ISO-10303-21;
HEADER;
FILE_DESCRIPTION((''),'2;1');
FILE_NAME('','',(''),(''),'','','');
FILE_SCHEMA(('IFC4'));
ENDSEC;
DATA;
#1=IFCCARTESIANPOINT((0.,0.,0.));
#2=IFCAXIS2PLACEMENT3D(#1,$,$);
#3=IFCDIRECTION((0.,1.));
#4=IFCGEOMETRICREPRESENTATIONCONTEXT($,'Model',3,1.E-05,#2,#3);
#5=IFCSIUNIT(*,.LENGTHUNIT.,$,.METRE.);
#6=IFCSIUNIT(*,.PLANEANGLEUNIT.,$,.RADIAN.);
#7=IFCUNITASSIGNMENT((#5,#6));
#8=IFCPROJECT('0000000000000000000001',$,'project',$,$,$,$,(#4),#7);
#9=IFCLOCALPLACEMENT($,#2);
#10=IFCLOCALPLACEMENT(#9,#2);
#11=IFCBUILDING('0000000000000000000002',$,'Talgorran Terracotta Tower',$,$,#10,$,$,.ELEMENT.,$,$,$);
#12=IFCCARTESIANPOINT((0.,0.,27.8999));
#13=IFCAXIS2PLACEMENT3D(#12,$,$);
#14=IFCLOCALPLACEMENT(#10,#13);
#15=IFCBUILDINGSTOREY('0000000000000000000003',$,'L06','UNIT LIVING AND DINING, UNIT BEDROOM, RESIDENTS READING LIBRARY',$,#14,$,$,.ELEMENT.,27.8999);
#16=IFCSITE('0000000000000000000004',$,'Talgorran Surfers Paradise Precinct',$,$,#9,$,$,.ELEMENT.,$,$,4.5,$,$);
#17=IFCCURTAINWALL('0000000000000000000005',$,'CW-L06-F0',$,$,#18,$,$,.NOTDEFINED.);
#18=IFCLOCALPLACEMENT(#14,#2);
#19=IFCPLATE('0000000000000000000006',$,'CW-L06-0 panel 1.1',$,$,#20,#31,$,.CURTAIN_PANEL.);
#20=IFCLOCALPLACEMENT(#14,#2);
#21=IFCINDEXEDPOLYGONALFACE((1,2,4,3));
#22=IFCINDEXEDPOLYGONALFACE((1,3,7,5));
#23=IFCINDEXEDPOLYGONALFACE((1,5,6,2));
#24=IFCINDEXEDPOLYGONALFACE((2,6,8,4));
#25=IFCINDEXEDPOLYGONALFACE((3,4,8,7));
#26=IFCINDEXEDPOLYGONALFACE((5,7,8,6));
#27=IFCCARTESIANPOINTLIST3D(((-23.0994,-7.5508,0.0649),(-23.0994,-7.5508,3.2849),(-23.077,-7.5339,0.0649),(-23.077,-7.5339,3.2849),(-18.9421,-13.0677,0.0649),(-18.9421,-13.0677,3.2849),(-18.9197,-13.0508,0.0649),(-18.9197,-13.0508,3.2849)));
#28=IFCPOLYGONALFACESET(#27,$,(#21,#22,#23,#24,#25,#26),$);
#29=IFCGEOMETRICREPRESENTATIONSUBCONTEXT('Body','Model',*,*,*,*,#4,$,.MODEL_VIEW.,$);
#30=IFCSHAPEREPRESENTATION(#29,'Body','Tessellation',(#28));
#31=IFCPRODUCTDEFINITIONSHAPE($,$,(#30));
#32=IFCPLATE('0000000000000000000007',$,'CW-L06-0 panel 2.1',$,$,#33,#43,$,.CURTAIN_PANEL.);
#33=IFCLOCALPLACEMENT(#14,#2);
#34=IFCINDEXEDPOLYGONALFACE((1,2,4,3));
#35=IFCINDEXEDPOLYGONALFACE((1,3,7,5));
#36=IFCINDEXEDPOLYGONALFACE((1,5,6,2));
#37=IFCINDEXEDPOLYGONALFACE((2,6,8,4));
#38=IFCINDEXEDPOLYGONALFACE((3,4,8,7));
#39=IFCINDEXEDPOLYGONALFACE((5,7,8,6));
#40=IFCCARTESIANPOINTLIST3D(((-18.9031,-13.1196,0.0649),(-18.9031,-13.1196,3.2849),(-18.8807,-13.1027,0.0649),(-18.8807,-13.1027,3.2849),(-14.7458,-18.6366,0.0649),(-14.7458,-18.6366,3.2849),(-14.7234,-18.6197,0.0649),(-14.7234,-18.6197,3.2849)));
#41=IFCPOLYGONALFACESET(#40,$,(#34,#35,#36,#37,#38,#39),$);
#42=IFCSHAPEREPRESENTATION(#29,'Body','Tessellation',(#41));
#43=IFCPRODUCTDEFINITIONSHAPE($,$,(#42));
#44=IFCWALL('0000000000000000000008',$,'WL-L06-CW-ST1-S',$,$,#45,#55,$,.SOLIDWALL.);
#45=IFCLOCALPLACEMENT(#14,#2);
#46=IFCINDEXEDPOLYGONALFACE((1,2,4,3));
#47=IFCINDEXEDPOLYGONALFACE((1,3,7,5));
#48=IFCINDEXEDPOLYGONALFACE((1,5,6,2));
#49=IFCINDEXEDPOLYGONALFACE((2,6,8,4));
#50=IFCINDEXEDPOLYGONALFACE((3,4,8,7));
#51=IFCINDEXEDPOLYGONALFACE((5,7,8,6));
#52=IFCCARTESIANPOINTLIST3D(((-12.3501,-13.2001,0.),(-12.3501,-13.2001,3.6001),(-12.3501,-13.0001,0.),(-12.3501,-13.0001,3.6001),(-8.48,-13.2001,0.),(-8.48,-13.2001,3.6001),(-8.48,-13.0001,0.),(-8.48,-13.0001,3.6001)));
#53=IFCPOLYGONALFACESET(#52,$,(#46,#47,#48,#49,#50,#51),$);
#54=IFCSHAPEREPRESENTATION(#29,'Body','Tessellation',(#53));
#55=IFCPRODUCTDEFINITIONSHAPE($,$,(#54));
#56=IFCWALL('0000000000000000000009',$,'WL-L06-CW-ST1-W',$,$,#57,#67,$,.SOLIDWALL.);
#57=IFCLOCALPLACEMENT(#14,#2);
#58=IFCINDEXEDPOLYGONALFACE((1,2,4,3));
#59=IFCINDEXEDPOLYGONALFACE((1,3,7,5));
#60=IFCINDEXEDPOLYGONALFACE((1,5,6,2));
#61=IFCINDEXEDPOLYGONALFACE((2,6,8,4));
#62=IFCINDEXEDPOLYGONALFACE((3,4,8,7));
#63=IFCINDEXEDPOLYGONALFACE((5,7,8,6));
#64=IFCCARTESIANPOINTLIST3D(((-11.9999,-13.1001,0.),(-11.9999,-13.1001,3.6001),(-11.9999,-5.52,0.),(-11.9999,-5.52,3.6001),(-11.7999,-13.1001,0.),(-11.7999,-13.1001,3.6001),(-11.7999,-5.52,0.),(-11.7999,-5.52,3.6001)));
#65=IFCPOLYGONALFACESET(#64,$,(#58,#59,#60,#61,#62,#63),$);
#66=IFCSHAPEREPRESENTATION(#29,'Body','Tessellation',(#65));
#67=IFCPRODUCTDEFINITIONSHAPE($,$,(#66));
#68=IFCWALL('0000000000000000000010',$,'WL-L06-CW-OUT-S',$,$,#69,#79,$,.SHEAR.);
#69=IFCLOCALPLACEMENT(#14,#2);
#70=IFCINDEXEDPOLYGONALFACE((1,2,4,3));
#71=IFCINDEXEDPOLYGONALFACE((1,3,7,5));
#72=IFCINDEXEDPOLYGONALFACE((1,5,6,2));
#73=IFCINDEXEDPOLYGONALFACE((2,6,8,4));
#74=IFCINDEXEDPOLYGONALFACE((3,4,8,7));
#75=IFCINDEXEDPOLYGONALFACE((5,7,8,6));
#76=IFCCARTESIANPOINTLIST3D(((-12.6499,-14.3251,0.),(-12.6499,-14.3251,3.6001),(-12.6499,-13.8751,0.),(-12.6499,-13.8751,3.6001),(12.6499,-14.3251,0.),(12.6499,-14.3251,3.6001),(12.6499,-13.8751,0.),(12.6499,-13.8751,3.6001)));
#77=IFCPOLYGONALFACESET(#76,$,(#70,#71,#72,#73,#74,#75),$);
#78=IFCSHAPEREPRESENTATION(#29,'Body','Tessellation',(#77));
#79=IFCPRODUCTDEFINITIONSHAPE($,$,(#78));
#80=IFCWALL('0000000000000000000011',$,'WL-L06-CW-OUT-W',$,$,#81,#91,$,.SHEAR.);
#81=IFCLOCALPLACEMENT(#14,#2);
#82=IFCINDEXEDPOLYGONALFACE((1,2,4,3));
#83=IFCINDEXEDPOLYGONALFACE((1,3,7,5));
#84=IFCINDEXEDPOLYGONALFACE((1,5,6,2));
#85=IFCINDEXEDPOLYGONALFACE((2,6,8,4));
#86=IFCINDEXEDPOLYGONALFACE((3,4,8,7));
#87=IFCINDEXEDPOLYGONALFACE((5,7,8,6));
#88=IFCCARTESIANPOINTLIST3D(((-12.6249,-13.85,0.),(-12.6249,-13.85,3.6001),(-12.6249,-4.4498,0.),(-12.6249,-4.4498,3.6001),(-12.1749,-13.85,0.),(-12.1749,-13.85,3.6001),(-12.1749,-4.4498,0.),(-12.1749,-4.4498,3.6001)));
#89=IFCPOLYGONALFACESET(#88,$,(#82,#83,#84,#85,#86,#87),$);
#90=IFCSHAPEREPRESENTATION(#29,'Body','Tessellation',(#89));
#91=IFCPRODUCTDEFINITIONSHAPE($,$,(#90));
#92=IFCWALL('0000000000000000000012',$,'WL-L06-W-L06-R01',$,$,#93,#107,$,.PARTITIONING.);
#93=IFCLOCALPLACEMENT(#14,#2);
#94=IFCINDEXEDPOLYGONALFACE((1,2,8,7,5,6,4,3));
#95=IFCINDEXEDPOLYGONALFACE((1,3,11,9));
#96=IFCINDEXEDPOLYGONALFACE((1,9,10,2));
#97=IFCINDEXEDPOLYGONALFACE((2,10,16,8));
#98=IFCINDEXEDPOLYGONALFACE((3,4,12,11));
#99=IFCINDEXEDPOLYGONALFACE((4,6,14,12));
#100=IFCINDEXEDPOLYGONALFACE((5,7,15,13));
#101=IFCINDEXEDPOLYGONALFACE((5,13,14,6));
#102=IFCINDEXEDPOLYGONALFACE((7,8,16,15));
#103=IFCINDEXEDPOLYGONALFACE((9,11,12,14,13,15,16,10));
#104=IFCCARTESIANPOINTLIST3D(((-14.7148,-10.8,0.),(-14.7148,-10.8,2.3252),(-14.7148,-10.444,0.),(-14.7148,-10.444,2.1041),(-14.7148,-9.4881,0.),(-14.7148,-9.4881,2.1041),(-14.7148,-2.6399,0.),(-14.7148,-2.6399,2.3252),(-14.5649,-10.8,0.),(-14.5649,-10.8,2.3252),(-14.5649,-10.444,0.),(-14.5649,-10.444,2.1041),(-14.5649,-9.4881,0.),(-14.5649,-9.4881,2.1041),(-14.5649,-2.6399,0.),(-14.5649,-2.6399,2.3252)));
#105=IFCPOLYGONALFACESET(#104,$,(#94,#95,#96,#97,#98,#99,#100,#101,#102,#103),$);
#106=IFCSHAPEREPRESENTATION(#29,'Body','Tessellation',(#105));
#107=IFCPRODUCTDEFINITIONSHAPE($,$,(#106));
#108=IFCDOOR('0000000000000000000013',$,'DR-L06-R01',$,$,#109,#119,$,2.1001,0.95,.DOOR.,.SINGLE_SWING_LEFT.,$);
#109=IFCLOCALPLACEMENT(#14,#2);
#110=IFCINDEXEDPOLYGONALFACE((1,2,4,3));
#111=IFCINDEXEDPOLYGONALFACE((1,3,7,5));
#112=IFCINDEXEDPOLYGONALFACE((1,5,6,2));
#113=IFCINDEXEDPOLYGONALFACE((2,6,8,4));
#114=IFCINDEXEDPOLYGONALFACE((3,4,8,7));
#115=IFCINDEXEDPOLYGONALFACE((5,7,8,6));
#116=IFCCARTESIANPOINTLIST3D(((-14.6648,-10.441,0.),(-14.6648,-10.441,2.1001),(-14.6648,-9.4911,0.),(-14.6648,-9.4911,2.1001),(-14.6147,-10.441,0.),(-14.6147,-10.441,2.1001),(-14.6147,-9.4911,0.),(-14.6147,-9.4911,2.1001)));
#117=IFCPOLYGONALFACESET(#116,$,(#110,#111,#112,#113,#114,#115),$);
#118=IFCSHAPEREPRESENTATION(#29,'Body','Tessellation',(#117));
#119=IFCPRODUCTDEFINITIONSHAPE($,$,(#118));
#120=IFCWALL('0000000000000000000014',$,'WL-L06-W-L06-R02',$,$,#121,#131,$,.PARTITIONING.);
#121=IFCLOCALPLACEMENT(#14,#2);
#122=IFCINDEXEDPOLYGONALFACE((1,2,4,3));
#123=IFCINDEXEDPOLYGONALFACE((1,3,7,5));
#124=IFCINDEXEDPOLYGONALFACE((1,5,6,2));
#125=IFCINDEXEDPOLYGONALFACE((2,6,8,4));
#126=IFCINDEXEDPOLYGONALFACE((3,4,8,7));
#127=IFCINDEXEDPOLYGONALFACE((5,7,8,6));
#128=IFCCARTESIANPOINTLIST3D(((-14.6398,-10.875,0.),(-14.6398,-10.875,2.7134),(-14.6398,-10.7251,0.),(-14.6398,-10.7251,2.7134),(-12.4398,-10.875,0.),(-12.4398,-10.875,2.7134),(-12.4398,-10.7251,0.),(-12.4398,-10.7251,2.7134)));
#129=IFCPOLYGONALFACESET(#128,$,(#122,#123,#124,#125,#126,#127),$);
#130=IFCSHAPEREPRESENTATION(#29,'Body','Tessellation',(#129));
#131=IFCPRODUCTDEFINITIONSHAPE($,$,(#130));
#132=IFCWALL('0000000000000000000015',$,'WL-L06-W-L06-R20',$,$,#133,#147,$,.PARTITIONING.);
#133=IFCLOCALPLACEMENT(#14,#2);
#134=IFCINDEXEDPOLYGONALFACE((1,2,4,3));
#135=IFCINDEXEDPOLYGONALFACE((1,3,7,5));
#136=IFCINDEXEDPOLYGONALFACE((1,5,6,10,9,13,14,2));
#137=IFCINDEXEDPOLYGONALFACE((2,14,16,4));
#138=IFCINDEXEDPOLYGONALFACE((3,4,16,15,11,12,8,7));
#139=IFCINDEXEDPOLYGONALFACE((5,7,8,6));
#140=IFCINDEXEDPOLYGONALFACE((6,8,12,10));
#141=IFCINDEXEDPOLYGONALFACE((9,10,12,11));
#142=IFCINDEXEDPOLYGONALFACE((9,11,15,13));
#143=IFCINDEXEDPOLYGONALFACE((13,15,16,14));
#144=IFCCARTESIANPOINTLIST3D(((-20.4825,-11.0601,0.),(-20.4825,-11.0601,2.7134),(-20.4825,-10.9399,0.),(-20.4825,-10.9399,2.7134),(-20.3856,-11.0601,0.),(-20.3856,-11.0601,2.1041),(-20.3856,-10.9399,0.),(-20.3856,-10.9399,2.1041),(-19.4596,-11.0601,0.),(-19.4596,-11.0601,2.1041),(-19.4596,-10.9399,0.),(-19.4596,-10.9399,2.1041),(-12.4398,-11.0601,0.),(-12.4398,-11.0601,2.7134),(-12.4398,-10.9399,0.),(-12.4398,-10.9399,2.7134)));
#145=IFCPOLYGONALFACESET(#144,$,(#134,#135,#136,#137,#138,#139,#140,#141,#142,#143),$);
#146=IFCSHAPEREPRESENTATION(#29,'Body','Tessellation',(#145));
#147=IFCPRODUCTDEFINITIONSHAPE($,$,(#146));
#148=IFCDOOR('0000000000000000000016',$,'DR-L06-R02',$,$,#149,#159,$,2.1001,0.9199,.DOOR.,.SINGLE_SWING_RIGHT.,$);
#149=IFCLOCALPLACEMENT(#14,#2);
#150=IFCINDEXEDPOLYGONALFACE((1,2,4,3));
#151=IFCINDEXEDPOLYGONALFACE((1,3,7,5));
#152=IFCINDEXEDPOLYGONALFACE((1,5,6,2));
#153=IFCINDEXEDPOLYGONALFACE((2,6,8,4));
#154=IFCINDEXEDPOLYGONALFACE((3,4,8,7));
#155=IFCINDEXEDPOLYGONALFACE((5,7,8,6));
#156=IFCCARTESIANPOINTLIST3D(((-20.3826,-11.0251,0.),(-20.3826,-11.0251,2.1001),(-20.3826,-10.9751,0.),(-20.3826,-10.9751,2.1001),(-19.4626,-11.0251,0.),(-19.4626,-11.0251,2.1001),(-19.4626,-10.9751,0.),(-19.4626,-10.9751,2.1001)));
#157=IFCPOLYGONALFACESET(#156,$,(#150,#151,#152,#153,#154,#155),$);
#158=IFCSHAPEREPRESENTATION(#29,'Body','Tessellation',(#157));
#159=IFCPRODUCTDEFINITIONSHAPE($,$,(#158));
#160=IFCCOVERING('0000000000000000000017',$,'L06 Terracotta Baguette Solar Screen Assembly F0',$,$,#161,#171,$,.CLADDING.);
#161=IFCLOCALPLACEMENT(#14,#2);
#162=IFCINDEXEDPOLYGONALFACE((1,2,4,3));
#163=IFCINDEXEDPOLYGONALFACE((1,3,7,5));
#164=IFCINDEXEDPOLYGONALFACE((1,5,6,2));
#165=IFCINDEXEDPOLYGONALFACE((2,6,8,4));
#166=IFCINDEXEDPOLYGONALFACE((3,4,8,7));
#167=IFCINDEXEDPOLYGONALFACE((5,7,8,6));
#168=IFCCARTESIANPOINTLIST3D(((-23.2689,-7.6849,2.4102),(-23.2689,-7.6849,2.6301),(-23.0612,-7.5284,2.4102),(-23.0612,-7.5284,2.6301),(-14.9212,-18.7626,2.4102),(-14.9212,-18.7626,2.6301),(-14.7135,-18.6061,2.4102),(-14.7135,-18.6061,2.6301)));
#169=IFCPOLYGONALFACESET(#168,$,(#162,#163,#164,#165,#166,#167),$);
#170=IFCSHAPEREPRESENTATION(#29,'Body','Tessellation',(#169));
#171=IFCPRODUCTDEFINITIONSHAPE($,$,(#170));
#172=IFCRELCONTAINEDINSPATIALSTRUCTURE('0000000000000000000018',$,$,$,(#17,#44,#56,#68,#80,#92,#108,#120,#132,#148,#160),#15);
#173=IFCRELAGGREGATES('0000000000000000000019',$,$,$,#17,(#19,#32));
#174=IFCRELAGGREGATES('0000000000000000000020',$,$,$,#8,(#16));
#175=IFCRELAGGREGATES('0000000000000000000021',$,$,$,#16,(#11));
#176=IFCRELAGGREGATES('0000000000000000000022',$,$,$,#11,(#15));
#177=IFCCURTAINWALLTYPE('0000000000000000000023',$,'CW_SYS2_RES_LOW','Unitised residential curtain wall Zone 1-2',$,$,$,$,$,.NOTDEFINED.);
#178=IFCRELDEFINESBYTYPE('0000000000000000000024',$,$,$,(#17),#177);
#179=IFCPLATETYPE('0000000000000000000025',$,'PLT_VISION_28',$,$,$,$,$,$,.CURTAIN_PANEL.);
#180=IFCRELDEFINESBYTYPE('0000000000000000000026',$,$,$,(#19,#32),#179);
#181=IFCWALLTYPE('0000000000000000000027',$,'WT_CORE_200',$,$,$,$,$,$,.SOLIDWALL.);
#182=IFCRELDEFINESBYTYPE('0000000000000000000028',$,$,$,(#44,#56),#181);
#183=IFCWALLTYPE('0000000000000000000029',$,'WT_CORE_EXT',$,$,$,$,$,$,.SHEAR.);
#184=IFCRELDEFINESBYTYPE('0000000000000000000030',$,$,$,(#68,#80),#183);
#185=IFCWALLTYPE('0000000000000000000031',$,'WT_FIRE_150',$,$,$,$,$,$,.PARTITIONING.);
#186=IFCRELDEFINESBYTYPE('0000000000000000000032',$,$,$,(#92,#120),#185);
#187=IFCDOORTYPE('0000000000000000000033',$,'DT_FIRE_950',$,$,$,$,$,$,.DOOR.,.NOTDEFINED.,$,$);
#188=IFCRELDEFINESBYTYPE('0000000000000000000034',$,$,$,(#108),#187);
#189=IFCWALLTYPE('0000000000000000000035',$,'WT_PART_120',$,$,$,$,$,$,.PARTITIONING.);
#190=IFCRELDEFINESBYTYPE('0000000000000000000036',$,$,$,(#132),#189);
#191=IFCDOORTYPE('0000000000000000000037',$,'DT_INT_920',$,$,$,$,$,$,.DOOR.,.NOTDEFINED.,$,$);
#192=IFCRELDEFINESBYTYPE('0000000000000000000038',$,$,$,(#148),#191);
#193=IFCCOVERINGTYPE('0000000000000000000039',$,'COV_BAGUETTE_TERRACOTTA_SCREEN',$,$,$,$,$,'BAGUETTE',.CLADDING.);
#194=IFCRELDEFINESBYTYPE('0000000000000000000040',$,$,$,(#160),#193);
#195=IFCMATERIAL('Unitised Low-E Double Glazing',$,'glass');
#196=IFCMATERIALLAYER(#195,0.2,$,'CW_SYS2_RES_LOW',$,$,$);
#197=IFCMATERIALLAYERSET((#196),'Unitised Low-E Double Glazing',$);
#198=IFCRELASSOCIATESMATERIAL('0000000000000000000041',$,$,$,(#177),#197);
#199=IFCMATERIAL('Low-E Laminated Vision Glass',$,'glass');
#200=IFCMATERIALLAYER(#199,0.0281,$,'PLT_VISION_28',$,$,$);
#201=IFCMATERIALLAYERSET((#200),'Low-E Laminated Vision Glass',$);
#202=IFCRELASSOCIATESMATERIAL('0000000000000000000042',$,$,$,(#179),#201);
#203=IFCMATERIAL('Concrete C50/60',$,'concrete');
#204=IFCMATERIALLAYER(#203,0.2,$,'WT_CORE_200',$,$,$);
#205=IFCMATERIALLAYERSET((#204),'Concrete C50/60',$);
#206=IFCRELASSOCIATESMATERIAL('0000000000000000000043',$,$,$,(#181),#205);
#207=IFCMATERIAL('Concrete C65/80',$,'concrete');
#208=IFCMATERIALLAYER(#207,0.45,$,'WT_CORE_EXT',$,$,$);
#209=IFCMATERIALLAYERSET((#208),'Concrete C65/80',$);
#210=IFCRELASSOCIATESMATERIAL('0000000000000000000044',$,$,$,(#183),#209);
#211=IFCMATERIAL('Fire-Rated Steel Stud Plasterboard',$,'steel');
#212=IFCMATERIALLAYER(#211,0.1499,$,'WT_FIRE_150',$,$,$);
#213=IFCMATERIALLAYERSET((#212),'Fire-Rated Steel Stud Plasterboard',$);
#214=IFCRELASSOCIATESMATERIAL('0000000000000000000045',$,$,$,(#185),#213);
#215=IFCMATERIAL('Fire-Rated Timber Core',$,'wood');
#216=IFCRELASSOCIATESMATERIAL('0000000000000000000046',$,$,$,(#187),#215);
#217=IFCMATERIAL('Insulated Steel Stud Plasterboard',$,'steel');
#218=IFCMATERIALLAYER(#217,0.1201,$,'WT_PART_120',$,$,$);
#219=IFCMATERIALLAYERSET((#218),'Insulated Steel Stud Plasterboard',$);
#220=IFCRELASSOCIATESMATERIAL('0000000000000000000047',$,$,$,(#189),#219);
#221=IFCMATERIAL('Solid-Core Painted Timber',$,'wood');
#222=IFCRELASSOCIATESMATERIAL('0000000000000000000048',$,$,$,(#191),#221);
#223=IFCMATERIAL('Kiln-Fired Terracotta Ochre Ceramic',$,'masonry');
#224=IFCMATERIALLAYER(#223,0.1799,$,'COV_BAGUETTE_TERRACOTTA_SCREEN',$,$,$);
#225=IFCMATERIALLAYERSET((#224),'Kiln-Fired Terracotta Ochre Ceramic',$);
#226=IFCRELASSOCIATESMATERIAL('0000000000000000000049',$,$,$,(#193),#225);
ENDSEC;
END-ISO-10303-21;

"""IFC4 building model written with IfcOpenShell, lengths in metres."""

from ifc_helpers import new_model, si_unit, direction, frame, frame_2d, origin, origin_2d, place, context, subcontext, project, spatial, rectangle, extrude, source, transform, mapped, material, layer, layer_set, type_object, type_shapes, element, fill, aggregate, save


model = new_model("IFC4")

# Units and contexts
model_context = context("Model", 3, precision=1e-05, world=origin(), true_north=direction((0.0, 1.0)))
body_context = subcontext(model_context, "Body", "Model", "MODEL_VIEW")
ifc_project = project(units=[si_unit("LENGTHUNIT", "METRE"), si_unit("PLANEANGLEUNIT", "RADIAN")], contexts=[model_context])

# Site, building, storey
site_placement = place(None, origin())
site = spatial("IfcSite", under=ifc_project, at=site_placement, Name="Talgorran Surfers Paradise Precinct", CompositionType="ELEMENT", RefElevation=4.5)
building_placement = place(site_placement, origin())
building = spatial("IfcBuilding", under=site, at=building_placement, Name="Talgorran Terracotta Tower", CompositionType="ELEMENT")
storey_placement = place(building_placement, frame((0.0, 0.0, 27.8999)))
storey = spatial("IfcBuildingStorey", under=building, at=storey_placement, Name="L06", Description="UNIT LIVING AND DINING, UNIT BEDROOM, RESIDENTS READING LIBRARY", CompositionType="ELEMENT", Elevation=27.8999)

# Curtain wall
ifc_material_1 = material(Name="Unitised Low-E Double Glazing", Category="glass")
ifc_layer_1 = layer(ifc_material_1, 0.2, Name="CW_SYS2_RES_LOW")
ifc_layer_set_1 = layer_set([ifc_layer_1], Name="Unitised Low-E Double Glazing")
curtain_wall_type = type_object("IfcCurtainWallType", Name="CW_SYS2_RES_LOW", Description="Unitised residential curtain wall Zone 1-2", PredefinedType="NOTDEFINED", material=ifc_layer_set_1)
curtain_wall_1_placement = place(storey_placement, origin())
curtain_wall_1 = element("IfcCurtainWall", 1, at=curtain_wall_1_placement, inside=storey, type_object=curtain_wall_type, Name="CW-L06-F0", PredefinedType="NOTDEFINED")

# Plates
ifc_material_2 = material(Name="Low-E Laminated Vision Glass", Category="glass")
ifc_layer_2 = layer(ifc_material_2, 0.0281, Name="PLT_VISION_28")
ifc_layer_set_2 = layer_set([ifc_layer_2], Name="Low-E Laminated Vision Glass")
plate_type = type_object("IfcPlateType", Name="PLT_VISION_28", PredefinedType="CURTAIN_PANEL", material=ifc_layer_set_2)
shared_shape = source(origin(), body_context, "Body", "SweptSolid", [
    extrude(rectangle(XDim=6.908, YDim=0.0281, at=origin_2d()), origin(), (0.0, 0.0, 1.0), 3.22),
])
type_shapes(plate_type, [shared_shape])
plate_1_placement = place(storey_placement, frame((-21.0095, -10.3008, 0.0649), z_axis=(0.0, 0.0, 1.0), x_axis=(0.601812, -0.798638, 0.0)))
plate_1 = element("IfcPlate", 2, at=plate_1_placement, type_object=plate_type, Name="CW-L06-0 panel 1.1", PredefinedType="CURTAIN_PANEL", context=body_context, shape_type="MappedRepresentation", body=[
    mapped(shared_shape, transform((0.0, 0.0, 0.0), scale=1.0)),
])
plate_2_placement = place(storey_placement, frame((-16.8132, -15.8696, 0.0649), z_axis=(0.0, 0.0, 1.0), x_axis=(0.601812, -0.798638, 0.0)))
plate_2 = element("IfcPlate", 3, at=plate_2_placement, type_object=plate_type, Name="CW-L06-0 panel 2.1", PredefinedType="CURTAIN_PANEL", context=body_context, shape_type="MappedRepresentation", body=[
    mapped(shared_shape, transform((0.0, 0.0, 0.0), scale=1.0)),
])
aggregate(curtain_wall_1, [plate_1, plate_2])

# Walls
ifc_material_3 = material(Name="Concrete C50/60", Category="concrete")
ifc_layer_3 = layer(ifc_material_3, 0.2, Name="WT_CORE_200")
ifc_layer_set_3 = layer_set([ifc_layer_3], Name="Concrete C50/60")
wall_type_1 = type_object("IfcWallType", Name="WT_CORE_200", PredefinedType="SOLIDWALL", material=ifc_layer_set_3)
wall_1_placement = place(storey_placement, frame((-12.3501, -13.1001, 0.0), z_axis=(0.0, 0.0, 1.0), x_axis=(1.0, 0.0, 0.0)))
element("IfcWall", 4, at=wall_1_placement, inside=storey, type_object=wall_type_1, Name="WL-L06-CW-ST1-S", PredefinedType="SOLIDWALL", context=body_context, shape_type="SweptSolid", body=[
    extrude(rectangle(XDim=3.8701, YDim=0.2, at=frame_2d((1.9351, 0.0))), origin(), (0.0, 0.0, 1.0), 3.6001),
])
wall_2_placement = place(storey_placement, frame((-11.8999, -13.1001, 0.0), z_axis=(0.0, 0.0, 1.0), x_axis=(0.0, 1.0, 0.0)))
element("IfcWall", 5, at=wall_2_placement, inside=storey, type_object=wall_type_1, Name="WL-L06-CW-ST1-W", PredefinedType="SOLIDWALL", context=body_context, shape_type="SweptSolid", body=[
    extrude(rectangle(XDim=7.5801, YDim=0.2, at=frame_2d((3.79, 0.0))), origin(), (0.0, 0.0, 1.0), 3.6001),
])
ifc_material_4 = material(Name="Concrete C65/80", Category="concrete")
ifc_layer_4 = layer(ifc_material_4, 0.45, Name="WT_CORE_EXT")
ifc_layer_set_4 = layer_set([ifc_layer_4], Name="Concrete C65/80")
wall_type_2 = type_object("IfcWallType", Name="WT_CORE_EXT", PredefinedType="SHEAR", material=ifc_layer_set_4)
wall_3_placement = place(storey_placement, frame((-12.6499, -14.1001, 0.0), z_axis=(0.0, 0.0, 1.0), x_axis=(1.0, 0.0, 0.0)))
element("IfcWall", 6, at=wall_3_placement, inside=storey, type_object=wall_type_2, Name="WL-L06-CW-OUT-S", PredefinedType="SHEAR", context=body_context, shape_type="SweptSolid", body=[
    extrude(rectangle(XDim=25.2998, YDim=0.45, at=frame_2d((12.6499, 0.0))), origin(), (0.0, 0.0, 1.0), 3.6001),
])
wall_4_placement = place(storey_placement, frame((-12.3999, -13.8501, 0.0), z_axis=(0.0, 0.0, 1.0), x_axis=(0.0, 1.0, 0.0)))
element("IfcWall", 7, at=wall_4_placement, inside=storey, type_object=wall_type_2, Name="WL-L06-CW-OUT-W", PredefinedType="SHEAR", context=body_context, shape_type="SweptSolid", body=[
    extrude(rectangle(XDim=9.4001, YDim=0.45, at=frame_2d((4.7002, 0.0))), origin(), (0.0, 0.0, 1.0), 3.6001),
])

# Wall, opening, door
ifc_material_5 = material(Name="Fire-Rated Steel Stud Plasterboard", Category="steel")
ifc_layer_5 = layer(ifc_material_5, 0.1499, Name="WT_FIRE_150")
ifc_layer_set_5 = layer_set([ifc_layer_5], Name="Fire-Rated Steel Stud Plasterboard")
wall_type_3 = type_object("IfcWallType", Name="WT_FIRE_150", PredefinedType="PARTITIONING", material=ifc_layer_set_5)
wall_5_placement = place(storey_placement, frame((-14.6399, -10.8, 0.0), z_axis=(0.0, 0.0, 1.0), x_axis=(0.0, 1.0, 0.0)))
wall_5 = element("IfcWall", 8, at=wall_5_placement, inside=storey, type_object=wall_type_3, Name="WL-L06-W-L06-R01", PredefinedType="PARTITIONING", context=body_context, shape_type="SweptSolid", body=[
    extrude(rectangle(XDim=8.1602, YDim=0.1499, at=frame_2d((4.0801, 0.0))), origin(), (0.0, 0.0, 1.0), 2.3252),
])
opening_1_placement = place(wall_5_placement, frame((0.3589, 0.0, 0.0)))
opening_1 = element("IfcOpeningElement", 9, at=opening_1_placement, cuts=wall_5, PredefinedType="OPENING", context=body_context, shape_type="SweptSolid", body=[
    extrude(rectangle(XDim=0.956, YDim=2.1041, at=frame_2d((0.4751, 1.052))), frame((0.0, 0.085, 0.0), z_axis=(0.0, -1.0, 0.0), x_axis=(1.0, 0.0, 0.0)), (0.0, 0.0, 1.0), 0.1699),
])
ifc_material_6 = material(Name="Fire-Rated Timber Core", Category="wood")
door_type_1 = type_object("IfcDoorType", Name="DT_FIRE_950", OperationType="NOTDEFINED", PredefinedType="DOOR", material=ifc_material_6)
door_1_placement = place(opening_1_placement, origin())
door_1 = element("IfcDoor", 10, at=door_1_placement, inside=storey, type_object=door_type_1, Name="DR-L06-R01", OperationType="SINGLE_SWING_LEFT", OverallHeight=2.1001, OverallWidth=0.95, PredefinedType="DOOR", context=body_context, shape_type="SweptSolid", body=[
    extrude(rectangle(XDim=0.95, YDim=2.1001, at=frame_2d((0.4751, 1.05))), frame((0.0, 0.0249, 0.0), z_axis=(0.0, -1.0, 0.0), x_axis=(1.0, 0.0, 0.0)), (0.0, 0.0, 1.0), 0.05),
])
fill(opening_1, door_1)

# Wall
wall_6_placement = place(storey_placement, frame((-14.6399, -10.8, 0.0), z_axis=(0.0, 0.0, 1.0), x_axis=(1.0, 0.0, 0.0)))
element("IfcWall", 11, at=wall_6_placement, inside=storey, type_object=wall_type_3, Name="WL-L06-W-L06-R02", PredefinedType="PARTITIONING", context=body_context, shape_type="SweptSolid", body=[
    extrude(rectangle(XDim=2.2, YDim=0.1499, at=frame_2d((1.1001, 0.0))), origin(), (0.0, 0.0, 1.0), 2.7134),
])

# Wall, opening, door
ifc_material_7 = material(Name="Insulated Steel Stud Plasterboard", Category="steel")
ifc_layer_6 = layer(ifc_material_7, 0.1201, Name="WT_PART_120")
ifc_layer_set_6 = layer_set([ifc_layer_6], Name="Insulated Steel Stud Plasterboard")
wall_type_4 = type_object("IfcWallType", Name="WT_PART_120", PredefinedType="PARTITIONING", material=ifc_layer_set_6)
wall_7_placement = place(storey_placement, frame((-20.4827, -11.0, 0.0), z_axis=(0.0, 0.0, 1.0), x_axis=(1.0, 0.0, 0.0)))
wall_7 = element("IfcWall", 12, at=wall_7_placement, inside=storey, type_object=wall_type_4, Name="WL-L06-W-L06-R20", PredefinedType="PARTITIONING", context=body_context, shape_type="SweptSolid", body=[
    extrude(rectangle(XDim=8.0427, YDim=0.1201, at=frame_2d((4.0215, 0.0))), origin(), (0.0, 0.0, 1.0), 2.7134),
])
opening_2_placement = place(wall_7_placement, frame((0.1001, 0.0, 0.0)))
opening_2 = element("IfcOpeningElement", 13, at=opening_2_placement, cuts=wall_7, PredefinedType="OPENING", context=body_context, shape_type="SweptSolid", body=[
    extrude(rectangle(XDim=0.9259, YDim=2.1041, at=frame_2d((0.46, 1.052))), frame((0.0, 0.0701, 0.0), z_axis=(0.0, -1.0, 0.0), x_axis=(1.0, 0.0, 0.0)), (0.0, 0.0, 1.0), 0.1401),
])
ifc_material_8 = material(Name="Solid-Core Painted Timber", Category="wood")
door_type_2 = type_object("IfcDoorType", Name="DT_INT_920", OperationType="NOTDEFINED", PredefinedType="DOOR", material=ifc_material_8)
door_2_placement = place(opening_2_placement, origin())
door_2 = element("IfcDoor", 14, at=door_2_placement, inside=storey, type_object=door_type_2, Name="DR-L06-R02", OperationType="SINGLE_SWING_RIGHT", OverallHeight=2.1001, OverallWidth=0.9199, PredefinedType="DOOR", context=body_context, shape_type="SweptSolid", body=[
    extrude(rectangle(XDim=0.9199, YDim=2.1001, at=frame_2d((0.46, 1.05))), frame((0.0, 0.0249, 0.0), z_axis=(0.0, -1.0, 0.0), x_axis=(1.0, 0.0, 0.0)), (0.0, 0.0, 1.0), 0.05),
])
fill(opening_2, door_2)

# Covering
ifc_material_9 = material(Name="Kiln-Fired Terracotta Ochre Ceramic", Category="masonry")
ifc_layer_7 = layer(ifc_material_9, 0.1799, Name="COV_BAGUETTE_TERRACOTTA_SCREEN")
ifc_layer_set_7 = layer_set([ifc_layer_7], Name="Kiln-Fired Terracotta Ochre Ceramic")
covering_type_1 = type_object("IfcCoveringType", Name="COV_BAGUETTE_TERRACOTTA_SCREEN", ElementType="BAGUETTE", PredefinedType="CLADDING", material=ifc_layer_set_7)
covering_1_placement = place(storey_placement, frame((-18.9912, -13.1455, 2.4102), z_axis=(0.0, 0.0, 1.0), x_axis=(0.601815, -0.798636, 0.0)))
element("IfcCovering", 15, at=covering_1_placement, inside=storey, type_object=covering_type_1, Name="L06 Terracotta Baguette Solar Screen Assembly F0", PredefinedType="CLADDING", context=body_context, shape_type="SweptSolid", body=[
    extrude(rectangle(XDim=13.8708, YDim=0.26, at=origin_2d()), origin(), (0.0, 0.0, 1.0), 0.22),
])

save(model, "model.ifc")
